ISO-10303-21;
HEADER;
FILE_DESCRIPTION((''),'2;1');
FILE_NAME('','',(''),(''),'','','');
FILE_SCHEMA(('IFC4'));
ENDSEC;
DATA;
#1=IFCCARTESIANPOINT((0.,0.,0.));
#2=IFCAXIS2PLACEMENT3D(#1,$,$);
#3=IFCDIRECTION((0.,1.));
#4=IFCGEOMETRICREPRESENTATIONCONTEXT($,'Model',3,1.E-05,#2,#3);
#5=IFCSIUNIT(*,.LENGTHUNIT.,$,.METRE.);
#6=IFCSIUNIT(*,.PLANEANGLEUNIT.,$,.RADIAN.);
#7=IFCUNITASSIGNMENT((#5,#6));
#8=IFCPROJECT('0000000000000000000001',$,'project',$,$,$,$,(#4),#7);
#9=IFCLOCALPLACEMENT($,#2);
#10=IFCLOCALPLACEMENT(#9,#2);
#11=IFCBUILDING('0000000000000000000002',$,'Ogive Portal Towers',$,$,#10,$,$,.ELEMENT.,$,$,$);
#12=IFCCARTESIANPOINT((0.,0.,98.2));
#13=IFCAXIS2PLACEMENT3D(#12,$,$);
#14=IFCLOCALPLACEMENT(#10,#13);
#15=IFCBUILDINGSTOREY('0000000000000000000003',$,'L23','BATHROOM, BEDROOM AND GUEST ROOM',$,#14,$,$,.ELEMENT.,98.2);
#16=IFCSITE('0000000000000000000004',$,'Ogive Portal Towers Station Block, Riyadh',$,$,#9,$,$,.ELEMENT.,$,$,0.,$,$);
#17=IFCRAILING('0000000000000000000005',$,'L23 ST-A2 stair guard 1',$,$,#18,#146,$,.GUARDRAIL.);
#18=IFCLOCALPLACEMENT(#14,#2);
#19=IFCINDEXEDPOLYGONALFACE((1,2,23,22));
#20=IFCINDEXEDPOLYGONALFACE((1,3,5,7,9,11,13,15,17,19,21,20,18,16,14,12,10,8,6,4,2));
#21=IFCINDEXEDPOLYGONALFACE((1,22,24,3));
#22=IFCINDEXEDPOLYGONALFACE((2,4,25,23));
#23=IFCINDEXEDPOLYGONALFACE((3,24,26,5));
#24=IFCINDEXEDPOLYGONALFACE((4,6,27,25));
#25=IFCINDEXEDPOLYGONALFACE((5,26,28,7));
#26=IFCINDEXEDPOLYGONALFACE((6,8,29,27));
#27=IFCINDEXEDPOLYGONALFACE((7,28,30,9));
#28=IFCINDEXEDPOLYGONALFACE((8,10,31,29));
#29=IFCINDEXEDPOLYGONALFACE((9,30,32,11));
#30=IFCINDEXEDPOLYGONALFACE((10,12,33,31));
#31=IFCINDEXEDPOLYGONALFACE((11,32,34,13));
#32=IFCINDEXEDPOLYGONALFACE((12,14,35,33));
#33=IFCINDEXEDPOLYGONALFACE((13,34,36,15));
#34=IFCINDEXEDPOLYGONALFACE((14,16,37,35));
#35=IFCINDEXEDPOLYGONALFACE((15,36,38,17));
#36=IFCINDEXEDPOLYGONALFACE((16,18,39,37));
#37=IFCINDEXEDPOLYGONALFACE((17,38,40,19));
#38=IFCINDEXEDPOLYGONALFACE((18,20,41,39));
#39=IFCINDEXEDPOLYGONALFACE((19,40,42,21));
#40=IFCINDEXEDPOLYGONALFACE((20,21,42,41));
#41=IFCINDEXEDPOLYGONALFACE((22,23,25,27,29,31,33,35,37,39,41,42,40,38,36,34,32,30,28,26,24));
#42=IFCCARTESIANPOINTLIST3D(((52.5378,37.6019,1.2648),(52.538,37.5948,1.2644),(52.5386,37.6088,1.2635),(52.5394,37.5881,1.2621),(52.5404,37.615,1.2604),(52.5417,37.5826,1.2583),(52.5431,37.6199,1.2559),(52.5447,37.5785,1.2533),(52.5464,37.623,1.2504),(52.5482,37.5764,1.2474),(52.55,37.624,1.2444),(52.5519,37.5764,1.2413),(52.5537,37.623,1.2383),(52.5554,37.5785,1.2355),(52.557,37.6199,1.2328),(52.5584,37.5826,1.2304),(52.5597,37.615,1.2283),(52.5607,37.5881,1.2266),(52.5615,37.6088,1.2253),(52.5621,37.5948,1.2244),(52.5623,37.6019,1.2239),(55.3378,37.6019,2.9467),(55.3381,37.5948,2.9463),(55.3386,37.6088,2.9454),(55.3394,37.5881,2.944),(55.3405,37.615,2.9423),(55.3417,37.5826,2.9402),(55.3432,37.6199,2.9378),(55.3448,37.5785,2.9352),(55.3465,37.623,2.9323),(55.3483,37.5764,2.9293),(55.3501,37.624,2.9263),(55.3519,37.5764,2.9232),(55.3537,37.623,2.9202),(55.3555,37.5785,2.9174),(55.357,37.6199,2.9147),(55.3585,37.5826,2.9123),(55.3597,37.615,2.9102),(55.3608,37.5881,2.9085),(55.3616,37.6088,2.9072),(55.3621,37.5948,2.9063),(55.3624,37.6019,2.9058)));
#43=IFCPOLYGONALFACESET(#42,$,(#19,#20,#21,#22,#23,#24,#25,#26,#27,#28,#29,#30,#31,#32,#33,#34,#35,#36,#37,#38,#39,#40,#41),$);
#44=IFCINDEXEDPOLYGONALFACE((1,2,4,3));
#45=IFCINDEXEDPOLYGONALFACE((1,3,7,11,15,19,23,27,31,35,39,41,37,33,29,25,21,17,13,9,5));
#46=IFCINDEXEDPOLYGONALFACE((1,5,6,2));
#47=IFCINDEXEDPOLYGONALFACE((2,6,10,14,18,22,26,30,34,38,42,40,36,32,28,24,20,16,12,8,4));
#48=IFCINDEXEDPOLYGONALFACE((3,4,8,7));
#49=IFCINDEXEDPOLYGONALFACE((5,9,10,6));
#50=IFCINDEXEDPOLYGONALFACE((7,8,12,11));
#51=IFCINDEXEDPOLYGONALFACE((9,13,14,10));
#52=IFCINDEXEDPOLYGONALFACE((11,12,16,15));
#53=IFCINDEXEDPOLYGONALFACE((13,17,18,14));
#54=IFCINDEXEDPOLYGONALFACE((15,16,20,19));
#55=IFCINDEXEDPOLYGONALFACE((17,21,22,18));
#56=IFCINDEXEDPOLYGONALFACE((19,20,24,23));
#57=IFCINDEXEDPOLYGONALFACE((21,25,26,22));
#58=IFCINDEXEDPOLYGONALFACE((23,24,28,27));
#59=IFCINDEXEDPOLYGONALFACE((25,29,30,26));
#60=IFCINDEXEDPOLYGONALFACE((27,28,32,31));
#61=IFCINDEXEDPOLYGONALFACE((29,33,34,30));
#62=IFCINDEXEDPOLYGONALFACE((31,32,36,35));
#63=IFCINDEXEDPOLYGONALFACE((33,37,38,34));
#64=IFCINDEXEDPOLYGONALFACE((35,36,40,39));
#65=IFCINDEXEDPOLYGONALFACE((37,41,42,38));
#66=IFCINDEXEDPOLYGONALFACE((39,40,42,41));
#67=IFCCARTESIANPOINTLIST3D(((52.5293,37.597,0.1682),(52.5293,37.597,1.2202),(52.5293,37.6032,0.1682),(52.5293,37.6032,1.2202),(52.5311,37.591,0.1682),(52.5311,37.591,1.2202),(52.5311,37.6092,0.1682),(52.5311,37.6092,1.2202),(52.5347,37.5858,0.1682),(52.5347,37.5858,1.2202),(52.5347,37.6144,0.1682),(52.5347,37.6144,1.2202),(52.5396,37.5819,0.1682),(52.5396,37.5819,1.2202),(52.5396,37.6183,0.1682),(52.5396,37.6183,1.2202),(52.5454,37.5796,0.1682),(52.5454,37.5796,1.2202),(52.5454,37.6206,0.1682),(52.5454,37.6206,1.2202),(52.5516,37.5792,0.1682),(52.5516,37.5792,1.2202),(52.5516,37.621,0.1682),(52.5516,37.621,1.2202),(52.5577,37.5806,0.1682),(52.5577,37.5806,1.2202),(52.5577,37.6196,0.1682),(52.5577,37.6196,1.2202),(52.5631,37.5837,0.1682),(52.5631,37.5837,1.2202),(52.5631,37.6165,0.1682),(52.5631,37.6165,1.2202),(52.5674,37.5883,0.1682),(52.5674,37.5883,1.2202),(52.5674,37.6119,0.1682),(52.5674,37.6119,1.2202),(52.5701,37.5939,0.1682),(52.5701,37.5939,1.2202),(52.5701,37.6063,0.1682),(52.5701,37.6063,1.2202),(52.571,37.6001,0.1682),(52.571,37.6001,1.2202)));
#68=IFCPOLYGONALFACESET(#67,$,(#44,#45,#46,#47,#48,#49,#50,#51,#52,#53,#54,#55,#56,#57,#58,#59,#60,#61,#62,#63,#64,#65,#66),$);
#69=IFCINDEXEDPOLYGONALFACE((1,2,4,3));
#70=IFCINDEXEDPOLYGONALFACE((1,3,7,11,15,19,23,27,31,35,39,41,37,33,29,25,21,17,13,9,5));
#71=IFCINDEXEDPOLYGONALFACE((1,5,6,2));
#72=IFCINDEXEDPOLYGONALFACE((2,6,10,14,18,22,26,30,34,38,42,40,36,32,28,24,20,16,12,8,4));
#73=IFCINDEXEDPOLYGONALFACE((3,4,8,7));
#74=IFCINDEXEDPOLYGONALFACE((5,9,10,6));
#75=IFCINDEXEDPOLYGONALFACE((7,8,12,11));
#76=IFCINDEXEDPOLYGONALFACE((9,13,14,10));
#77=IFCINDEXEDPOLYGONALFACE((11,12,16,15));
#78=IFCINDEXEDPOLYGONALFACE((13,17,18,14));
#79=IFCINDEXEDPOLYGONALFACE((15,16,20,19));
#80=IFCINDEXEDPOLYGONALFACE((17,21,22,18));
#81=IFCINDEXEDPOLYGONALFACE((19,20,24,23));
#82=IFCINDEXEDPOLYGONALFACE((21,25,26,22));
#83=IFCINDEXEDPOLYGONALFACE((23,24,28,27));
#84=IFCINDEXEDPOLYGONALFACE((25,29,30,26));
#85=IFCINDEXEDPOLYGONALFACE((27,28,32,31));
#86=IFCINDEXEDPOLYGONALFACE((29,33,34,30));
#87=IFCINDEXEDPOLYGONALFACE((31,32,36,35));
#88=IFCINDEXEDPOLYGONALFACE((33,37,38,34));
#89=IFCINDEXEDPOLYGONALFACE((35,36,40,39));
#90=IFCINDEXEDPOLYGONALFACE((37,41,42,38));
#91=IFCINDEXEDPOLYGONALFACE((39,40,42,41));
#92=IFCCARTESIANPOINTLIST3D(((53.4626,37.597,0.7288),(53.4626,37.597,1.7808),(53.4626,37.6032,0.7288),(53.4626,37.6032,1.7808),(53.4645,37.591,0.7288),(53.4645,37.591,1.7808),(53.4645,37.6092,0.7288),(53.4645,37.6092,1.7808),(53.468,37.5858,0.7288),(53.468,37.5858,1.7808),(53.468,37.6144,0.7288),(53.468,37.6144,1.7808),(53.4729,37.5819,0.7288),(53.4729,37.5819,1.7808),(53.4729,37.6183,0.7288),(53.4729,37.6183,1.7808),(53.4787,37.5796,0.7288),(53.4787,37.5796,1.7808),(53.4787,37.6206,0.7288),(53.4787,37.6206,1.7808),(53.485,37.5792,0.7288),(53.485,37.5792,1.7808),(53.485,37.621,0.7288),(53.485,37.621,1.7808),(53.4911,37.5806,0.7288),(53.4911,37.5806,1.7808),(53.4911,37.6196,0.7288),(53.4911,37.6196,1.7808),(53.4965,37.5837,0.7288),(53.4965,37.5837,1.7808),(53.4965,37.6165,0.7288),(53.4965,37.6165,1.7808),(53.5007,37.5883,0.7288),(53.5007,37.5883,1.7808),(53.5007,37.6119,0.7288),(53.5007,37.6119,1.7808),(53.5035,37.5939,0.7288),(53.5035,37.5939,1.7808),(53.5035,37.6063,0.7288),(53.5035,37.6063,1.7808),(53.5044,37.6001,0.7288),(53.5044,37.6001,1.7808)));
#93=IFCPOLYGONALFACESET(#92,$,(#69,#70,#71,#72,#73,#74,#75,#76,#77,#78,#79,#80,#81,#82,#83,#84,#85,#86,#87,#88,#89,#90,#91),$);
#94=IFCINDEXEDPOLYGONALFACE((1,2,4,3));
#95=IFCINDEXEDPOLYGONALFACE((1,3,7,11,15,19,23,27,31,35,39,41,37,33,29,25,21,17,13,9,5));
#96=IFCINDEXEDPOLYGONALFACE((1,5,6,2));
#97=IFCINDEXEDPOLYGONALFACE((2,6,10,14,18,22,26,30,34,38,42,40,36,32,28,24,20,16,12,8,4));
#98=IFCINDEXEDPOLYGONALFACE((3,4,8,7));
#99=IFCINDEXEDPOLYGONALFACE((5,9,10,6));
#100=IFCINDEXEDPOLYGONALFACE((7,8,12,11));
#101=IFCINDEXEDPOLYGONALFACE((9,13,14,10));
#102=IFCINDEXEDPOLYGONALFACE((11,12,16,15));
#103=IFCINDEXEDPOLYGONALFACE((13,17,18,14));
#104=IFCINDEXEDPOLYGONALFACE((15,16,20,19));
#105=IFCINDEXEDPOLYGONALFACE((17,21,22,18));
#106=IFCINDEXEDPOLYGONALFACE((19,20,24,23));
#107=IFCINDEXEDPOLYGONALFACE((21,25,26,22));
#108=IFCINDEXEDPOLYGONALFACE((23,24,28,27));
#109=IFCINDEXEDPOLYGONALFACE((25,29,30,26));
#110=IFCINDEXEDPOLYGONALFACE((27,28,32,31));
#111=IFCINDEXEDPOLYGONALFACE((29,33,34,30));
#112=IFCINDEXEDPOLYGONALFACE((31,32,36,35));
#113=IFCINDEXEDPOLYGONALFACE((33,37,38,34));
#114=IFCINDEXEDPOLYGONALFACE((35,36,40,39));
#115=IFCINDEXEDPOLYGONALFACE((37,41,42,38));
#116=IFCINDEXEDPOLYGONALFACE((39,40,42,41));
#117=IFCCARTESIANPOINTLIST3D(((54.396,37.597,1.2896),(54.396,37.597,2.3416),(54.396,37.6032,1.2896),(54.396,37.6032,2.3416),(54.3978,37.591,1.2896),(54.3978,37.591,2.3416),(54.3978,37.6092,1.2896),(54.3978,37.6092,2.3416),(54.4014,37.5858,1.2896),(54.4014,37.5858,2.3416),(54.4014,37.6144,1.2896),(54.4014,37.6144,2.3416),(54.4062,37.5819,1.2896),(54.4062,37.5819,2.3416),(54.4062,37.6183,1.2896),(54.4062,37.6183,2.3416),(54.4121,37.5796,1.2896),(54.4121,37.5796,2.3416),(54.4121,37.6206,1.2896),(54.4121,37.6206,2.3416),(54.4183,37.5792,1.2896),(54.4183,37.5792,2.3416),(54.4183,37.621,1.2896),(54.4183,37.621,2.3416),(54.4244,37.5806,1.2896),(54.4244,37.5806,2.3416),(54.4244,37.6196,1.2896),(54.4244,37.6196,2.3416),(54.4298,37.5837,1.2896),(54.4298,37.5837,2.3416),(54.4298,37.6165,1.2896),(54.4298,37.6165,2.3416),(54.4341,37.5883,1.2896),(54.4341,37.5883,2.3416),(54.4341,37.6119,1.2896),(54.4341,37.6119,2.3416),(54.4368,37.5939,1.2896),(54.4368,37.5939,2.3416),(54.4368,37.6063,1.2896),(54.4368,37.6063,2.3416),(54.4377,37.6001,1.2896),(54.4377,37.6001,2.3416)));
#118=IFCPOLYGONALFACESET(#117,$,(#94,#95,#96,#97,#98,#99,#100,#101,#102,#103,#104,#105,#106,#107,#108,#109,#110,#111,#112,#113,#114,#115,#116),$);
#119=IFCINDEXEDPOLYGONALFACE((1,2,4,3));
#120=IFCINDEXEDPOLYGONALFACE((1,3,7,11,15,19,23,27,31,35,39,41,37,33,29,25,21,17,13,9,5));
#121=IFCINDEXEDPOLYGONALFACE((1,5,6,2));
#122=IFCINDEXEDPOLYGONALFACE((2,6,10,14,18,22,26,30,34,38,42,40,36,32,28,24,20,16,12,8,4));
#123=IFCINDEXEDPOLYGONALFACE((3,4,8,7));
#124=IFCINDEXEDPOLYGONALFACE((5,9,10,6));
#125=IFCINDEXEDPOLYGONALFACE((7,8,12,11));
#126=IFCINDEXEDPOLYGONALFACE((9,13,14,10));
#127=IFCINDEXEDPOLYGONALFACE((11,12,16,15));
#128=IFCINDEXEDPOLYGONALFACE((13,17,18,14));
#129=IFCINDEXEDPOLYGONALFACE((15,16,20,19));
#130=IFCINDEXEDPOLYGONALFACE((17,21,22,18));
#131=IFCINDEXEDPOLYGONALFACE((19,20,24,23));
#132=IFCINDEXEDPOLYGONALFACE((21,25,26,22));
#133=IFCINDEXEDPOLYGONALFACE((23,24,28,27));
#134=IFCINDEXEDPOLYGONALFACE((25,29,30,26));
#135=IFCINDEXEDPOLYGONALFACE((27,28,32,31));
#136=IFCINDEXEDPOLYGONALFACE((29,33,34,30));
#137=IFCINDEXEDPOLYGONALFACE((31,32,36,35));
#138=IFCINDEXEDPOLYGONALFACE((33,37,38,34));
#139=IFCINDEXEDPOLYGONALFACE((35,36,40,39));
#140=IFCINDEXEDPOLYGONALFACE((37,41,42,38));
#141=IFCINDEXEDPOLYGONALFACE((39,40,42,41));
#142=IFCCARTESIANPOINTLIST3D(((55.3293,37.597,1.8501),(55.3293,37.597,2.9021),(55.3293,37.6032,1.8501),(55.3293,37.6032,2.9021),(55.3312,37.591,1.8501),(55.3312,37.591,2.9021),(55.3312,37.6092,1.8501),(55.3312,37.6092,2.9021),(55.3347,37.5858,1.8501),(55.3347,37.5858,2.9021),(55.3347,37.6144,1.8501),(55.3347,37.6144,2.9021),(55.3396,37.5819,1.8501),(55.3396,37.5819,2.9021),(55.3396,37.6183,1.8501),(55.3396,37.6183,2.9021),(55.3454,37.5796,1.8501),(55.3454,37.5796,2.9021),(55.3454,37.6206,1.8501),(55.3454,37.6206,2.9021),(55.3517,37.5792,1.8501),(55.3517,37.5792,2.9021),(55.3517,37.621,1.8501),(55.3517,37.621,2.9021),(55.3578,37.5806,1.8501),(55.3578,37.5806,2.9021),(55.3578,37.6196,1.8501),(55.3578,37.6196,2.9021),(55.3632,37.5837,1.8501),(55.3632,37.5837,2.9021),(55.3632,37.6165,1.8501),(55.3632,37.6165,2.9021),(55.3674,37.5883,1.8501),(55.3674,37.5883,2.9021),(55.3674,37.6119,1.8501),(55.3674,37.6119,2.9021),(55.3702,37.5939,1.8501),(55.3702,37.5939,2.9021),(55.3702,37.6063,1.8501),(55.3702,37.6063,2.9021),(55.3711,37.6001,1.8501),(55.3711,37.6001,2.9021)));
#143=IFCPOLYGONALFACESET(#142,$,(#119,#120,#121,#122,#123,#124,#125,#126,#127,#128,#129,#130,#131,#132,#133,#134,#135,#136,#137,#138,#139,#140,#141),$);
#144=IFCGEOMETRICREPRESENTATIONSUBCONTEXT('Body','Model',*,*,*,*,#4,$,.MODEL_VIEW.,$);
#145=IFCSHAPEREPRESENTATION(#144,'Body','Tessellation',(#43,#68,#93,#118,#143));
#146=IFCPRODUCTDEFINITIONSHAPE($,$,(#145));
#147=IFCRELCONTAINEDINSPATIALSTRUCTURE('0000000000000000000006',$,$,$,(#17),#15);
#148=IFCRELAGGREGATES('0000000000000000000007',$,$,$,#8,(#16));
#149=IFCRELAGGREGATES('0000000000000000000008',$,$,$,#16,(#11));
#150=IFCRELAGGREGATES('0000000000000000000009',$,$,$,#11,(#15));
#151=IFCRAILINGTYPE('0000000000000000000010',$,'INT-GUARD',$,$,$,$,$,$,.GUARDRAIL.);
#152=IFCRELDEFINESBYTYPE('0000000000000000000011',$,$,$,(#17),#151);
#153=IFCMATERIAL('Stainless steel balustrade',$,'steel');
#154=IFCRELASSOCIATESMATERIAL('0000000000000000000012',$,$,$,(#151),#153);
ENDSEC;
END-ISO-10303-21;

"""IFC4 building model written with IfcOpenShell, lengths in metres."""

from ifc_helpers import new_model, si_unit, direction, frame, origin, origin_2d, place, context, subcontext, project, spatial, circle, extrude, material, type_object, element, save


model = new_model("IFC4")

# Units and contexts
model_context = context("Model", 3, precision=1e-05, world=origin(), true_north=direction((0.0, 1.0)))
body_context = subcontext(model_context, "Body", "Model", "MODEL_VIEW")
ifc_project = project(units=[si_unit("LENGTHUNIT", "METRE"), si_unit("PLANEANGLEUNIT", "RADIAN")], contexts=[model_context])

# Site, building, storey
site_placement = place(None, origin())
site = spatial("IfcSite", under=ifc_project, at=site_placement, Name="Ogive Portal Towers Station Block, Riyadh", CompositionType="ELEMENT", RefElevation=0.0)
building_placement = place(site_placement, origin())
building = spatial("IfcBuilding", under=site, at=building_placement, Name="Ogive Portal Towers", CompositionType="ELEMENT")
storey_placement = place(building_placement, frame((0.0, 0.0, 98.2)))
storey = spatial("IfcBuildingStorey", under=building, at=storey_placement, Name="L23", Description="BATHROOM, BEDROOM AND GUEST ROOM", CompositionType="ELEMENT", Elevation=98.2)

# Railing
ifc_material_1 = material(Name="Stainless steel balustrade", Category="steel")
railing_type_1 = type_object("IfcRailingType", Name="INT-GUARD", PredefinedType="GUARDRAIL", material=ifc_material_1)
railing_1_placement = place(storey_placement, frame((52.55, 37.6001, 0.1682)))
element("IfcRailing", 1, at=railing_1_placement, inside=storey, type_object=railing_type_1, Name="L23 ST-A2 stair guard 1", PredefinedType="GUARDRAIL", context=body_context, shape_type="SweptSolid", body=[
    extrude(circle(Radius=0.0239, at=origin_2d()), frame((0.0, 0.0, 1.0762), z_axis=(0.857242, 0.0, 0.514913), x_axis=(0.0, 1.0, 0.0)), (0.0, 0.0, 1.0), 3.2664),
    extrude(circle(Radius=0.021, at=origin_2d()), origin(), (0.0, 0.0, 1.0), 1.052),
    extrude(circle(Radius=0.021, at=origin_2d()), frame((0.9333, 0.0, 0.5605)), (0.0, 0.0, 1.0), 1.052),
    extrude(circle(Radius=0.021, at=origin_2d()), frame((1.8667, 0.0, 1.1213)), (0.0, 0.0, 1.0), 1.052),
    extrude(circle(Radius=0.021, at=origin_2d()), frame((2.8, 0.0, 1.6819)), (0.0, 0.0, 1.0), 1.052),
])

save(model, "model.ifc")
